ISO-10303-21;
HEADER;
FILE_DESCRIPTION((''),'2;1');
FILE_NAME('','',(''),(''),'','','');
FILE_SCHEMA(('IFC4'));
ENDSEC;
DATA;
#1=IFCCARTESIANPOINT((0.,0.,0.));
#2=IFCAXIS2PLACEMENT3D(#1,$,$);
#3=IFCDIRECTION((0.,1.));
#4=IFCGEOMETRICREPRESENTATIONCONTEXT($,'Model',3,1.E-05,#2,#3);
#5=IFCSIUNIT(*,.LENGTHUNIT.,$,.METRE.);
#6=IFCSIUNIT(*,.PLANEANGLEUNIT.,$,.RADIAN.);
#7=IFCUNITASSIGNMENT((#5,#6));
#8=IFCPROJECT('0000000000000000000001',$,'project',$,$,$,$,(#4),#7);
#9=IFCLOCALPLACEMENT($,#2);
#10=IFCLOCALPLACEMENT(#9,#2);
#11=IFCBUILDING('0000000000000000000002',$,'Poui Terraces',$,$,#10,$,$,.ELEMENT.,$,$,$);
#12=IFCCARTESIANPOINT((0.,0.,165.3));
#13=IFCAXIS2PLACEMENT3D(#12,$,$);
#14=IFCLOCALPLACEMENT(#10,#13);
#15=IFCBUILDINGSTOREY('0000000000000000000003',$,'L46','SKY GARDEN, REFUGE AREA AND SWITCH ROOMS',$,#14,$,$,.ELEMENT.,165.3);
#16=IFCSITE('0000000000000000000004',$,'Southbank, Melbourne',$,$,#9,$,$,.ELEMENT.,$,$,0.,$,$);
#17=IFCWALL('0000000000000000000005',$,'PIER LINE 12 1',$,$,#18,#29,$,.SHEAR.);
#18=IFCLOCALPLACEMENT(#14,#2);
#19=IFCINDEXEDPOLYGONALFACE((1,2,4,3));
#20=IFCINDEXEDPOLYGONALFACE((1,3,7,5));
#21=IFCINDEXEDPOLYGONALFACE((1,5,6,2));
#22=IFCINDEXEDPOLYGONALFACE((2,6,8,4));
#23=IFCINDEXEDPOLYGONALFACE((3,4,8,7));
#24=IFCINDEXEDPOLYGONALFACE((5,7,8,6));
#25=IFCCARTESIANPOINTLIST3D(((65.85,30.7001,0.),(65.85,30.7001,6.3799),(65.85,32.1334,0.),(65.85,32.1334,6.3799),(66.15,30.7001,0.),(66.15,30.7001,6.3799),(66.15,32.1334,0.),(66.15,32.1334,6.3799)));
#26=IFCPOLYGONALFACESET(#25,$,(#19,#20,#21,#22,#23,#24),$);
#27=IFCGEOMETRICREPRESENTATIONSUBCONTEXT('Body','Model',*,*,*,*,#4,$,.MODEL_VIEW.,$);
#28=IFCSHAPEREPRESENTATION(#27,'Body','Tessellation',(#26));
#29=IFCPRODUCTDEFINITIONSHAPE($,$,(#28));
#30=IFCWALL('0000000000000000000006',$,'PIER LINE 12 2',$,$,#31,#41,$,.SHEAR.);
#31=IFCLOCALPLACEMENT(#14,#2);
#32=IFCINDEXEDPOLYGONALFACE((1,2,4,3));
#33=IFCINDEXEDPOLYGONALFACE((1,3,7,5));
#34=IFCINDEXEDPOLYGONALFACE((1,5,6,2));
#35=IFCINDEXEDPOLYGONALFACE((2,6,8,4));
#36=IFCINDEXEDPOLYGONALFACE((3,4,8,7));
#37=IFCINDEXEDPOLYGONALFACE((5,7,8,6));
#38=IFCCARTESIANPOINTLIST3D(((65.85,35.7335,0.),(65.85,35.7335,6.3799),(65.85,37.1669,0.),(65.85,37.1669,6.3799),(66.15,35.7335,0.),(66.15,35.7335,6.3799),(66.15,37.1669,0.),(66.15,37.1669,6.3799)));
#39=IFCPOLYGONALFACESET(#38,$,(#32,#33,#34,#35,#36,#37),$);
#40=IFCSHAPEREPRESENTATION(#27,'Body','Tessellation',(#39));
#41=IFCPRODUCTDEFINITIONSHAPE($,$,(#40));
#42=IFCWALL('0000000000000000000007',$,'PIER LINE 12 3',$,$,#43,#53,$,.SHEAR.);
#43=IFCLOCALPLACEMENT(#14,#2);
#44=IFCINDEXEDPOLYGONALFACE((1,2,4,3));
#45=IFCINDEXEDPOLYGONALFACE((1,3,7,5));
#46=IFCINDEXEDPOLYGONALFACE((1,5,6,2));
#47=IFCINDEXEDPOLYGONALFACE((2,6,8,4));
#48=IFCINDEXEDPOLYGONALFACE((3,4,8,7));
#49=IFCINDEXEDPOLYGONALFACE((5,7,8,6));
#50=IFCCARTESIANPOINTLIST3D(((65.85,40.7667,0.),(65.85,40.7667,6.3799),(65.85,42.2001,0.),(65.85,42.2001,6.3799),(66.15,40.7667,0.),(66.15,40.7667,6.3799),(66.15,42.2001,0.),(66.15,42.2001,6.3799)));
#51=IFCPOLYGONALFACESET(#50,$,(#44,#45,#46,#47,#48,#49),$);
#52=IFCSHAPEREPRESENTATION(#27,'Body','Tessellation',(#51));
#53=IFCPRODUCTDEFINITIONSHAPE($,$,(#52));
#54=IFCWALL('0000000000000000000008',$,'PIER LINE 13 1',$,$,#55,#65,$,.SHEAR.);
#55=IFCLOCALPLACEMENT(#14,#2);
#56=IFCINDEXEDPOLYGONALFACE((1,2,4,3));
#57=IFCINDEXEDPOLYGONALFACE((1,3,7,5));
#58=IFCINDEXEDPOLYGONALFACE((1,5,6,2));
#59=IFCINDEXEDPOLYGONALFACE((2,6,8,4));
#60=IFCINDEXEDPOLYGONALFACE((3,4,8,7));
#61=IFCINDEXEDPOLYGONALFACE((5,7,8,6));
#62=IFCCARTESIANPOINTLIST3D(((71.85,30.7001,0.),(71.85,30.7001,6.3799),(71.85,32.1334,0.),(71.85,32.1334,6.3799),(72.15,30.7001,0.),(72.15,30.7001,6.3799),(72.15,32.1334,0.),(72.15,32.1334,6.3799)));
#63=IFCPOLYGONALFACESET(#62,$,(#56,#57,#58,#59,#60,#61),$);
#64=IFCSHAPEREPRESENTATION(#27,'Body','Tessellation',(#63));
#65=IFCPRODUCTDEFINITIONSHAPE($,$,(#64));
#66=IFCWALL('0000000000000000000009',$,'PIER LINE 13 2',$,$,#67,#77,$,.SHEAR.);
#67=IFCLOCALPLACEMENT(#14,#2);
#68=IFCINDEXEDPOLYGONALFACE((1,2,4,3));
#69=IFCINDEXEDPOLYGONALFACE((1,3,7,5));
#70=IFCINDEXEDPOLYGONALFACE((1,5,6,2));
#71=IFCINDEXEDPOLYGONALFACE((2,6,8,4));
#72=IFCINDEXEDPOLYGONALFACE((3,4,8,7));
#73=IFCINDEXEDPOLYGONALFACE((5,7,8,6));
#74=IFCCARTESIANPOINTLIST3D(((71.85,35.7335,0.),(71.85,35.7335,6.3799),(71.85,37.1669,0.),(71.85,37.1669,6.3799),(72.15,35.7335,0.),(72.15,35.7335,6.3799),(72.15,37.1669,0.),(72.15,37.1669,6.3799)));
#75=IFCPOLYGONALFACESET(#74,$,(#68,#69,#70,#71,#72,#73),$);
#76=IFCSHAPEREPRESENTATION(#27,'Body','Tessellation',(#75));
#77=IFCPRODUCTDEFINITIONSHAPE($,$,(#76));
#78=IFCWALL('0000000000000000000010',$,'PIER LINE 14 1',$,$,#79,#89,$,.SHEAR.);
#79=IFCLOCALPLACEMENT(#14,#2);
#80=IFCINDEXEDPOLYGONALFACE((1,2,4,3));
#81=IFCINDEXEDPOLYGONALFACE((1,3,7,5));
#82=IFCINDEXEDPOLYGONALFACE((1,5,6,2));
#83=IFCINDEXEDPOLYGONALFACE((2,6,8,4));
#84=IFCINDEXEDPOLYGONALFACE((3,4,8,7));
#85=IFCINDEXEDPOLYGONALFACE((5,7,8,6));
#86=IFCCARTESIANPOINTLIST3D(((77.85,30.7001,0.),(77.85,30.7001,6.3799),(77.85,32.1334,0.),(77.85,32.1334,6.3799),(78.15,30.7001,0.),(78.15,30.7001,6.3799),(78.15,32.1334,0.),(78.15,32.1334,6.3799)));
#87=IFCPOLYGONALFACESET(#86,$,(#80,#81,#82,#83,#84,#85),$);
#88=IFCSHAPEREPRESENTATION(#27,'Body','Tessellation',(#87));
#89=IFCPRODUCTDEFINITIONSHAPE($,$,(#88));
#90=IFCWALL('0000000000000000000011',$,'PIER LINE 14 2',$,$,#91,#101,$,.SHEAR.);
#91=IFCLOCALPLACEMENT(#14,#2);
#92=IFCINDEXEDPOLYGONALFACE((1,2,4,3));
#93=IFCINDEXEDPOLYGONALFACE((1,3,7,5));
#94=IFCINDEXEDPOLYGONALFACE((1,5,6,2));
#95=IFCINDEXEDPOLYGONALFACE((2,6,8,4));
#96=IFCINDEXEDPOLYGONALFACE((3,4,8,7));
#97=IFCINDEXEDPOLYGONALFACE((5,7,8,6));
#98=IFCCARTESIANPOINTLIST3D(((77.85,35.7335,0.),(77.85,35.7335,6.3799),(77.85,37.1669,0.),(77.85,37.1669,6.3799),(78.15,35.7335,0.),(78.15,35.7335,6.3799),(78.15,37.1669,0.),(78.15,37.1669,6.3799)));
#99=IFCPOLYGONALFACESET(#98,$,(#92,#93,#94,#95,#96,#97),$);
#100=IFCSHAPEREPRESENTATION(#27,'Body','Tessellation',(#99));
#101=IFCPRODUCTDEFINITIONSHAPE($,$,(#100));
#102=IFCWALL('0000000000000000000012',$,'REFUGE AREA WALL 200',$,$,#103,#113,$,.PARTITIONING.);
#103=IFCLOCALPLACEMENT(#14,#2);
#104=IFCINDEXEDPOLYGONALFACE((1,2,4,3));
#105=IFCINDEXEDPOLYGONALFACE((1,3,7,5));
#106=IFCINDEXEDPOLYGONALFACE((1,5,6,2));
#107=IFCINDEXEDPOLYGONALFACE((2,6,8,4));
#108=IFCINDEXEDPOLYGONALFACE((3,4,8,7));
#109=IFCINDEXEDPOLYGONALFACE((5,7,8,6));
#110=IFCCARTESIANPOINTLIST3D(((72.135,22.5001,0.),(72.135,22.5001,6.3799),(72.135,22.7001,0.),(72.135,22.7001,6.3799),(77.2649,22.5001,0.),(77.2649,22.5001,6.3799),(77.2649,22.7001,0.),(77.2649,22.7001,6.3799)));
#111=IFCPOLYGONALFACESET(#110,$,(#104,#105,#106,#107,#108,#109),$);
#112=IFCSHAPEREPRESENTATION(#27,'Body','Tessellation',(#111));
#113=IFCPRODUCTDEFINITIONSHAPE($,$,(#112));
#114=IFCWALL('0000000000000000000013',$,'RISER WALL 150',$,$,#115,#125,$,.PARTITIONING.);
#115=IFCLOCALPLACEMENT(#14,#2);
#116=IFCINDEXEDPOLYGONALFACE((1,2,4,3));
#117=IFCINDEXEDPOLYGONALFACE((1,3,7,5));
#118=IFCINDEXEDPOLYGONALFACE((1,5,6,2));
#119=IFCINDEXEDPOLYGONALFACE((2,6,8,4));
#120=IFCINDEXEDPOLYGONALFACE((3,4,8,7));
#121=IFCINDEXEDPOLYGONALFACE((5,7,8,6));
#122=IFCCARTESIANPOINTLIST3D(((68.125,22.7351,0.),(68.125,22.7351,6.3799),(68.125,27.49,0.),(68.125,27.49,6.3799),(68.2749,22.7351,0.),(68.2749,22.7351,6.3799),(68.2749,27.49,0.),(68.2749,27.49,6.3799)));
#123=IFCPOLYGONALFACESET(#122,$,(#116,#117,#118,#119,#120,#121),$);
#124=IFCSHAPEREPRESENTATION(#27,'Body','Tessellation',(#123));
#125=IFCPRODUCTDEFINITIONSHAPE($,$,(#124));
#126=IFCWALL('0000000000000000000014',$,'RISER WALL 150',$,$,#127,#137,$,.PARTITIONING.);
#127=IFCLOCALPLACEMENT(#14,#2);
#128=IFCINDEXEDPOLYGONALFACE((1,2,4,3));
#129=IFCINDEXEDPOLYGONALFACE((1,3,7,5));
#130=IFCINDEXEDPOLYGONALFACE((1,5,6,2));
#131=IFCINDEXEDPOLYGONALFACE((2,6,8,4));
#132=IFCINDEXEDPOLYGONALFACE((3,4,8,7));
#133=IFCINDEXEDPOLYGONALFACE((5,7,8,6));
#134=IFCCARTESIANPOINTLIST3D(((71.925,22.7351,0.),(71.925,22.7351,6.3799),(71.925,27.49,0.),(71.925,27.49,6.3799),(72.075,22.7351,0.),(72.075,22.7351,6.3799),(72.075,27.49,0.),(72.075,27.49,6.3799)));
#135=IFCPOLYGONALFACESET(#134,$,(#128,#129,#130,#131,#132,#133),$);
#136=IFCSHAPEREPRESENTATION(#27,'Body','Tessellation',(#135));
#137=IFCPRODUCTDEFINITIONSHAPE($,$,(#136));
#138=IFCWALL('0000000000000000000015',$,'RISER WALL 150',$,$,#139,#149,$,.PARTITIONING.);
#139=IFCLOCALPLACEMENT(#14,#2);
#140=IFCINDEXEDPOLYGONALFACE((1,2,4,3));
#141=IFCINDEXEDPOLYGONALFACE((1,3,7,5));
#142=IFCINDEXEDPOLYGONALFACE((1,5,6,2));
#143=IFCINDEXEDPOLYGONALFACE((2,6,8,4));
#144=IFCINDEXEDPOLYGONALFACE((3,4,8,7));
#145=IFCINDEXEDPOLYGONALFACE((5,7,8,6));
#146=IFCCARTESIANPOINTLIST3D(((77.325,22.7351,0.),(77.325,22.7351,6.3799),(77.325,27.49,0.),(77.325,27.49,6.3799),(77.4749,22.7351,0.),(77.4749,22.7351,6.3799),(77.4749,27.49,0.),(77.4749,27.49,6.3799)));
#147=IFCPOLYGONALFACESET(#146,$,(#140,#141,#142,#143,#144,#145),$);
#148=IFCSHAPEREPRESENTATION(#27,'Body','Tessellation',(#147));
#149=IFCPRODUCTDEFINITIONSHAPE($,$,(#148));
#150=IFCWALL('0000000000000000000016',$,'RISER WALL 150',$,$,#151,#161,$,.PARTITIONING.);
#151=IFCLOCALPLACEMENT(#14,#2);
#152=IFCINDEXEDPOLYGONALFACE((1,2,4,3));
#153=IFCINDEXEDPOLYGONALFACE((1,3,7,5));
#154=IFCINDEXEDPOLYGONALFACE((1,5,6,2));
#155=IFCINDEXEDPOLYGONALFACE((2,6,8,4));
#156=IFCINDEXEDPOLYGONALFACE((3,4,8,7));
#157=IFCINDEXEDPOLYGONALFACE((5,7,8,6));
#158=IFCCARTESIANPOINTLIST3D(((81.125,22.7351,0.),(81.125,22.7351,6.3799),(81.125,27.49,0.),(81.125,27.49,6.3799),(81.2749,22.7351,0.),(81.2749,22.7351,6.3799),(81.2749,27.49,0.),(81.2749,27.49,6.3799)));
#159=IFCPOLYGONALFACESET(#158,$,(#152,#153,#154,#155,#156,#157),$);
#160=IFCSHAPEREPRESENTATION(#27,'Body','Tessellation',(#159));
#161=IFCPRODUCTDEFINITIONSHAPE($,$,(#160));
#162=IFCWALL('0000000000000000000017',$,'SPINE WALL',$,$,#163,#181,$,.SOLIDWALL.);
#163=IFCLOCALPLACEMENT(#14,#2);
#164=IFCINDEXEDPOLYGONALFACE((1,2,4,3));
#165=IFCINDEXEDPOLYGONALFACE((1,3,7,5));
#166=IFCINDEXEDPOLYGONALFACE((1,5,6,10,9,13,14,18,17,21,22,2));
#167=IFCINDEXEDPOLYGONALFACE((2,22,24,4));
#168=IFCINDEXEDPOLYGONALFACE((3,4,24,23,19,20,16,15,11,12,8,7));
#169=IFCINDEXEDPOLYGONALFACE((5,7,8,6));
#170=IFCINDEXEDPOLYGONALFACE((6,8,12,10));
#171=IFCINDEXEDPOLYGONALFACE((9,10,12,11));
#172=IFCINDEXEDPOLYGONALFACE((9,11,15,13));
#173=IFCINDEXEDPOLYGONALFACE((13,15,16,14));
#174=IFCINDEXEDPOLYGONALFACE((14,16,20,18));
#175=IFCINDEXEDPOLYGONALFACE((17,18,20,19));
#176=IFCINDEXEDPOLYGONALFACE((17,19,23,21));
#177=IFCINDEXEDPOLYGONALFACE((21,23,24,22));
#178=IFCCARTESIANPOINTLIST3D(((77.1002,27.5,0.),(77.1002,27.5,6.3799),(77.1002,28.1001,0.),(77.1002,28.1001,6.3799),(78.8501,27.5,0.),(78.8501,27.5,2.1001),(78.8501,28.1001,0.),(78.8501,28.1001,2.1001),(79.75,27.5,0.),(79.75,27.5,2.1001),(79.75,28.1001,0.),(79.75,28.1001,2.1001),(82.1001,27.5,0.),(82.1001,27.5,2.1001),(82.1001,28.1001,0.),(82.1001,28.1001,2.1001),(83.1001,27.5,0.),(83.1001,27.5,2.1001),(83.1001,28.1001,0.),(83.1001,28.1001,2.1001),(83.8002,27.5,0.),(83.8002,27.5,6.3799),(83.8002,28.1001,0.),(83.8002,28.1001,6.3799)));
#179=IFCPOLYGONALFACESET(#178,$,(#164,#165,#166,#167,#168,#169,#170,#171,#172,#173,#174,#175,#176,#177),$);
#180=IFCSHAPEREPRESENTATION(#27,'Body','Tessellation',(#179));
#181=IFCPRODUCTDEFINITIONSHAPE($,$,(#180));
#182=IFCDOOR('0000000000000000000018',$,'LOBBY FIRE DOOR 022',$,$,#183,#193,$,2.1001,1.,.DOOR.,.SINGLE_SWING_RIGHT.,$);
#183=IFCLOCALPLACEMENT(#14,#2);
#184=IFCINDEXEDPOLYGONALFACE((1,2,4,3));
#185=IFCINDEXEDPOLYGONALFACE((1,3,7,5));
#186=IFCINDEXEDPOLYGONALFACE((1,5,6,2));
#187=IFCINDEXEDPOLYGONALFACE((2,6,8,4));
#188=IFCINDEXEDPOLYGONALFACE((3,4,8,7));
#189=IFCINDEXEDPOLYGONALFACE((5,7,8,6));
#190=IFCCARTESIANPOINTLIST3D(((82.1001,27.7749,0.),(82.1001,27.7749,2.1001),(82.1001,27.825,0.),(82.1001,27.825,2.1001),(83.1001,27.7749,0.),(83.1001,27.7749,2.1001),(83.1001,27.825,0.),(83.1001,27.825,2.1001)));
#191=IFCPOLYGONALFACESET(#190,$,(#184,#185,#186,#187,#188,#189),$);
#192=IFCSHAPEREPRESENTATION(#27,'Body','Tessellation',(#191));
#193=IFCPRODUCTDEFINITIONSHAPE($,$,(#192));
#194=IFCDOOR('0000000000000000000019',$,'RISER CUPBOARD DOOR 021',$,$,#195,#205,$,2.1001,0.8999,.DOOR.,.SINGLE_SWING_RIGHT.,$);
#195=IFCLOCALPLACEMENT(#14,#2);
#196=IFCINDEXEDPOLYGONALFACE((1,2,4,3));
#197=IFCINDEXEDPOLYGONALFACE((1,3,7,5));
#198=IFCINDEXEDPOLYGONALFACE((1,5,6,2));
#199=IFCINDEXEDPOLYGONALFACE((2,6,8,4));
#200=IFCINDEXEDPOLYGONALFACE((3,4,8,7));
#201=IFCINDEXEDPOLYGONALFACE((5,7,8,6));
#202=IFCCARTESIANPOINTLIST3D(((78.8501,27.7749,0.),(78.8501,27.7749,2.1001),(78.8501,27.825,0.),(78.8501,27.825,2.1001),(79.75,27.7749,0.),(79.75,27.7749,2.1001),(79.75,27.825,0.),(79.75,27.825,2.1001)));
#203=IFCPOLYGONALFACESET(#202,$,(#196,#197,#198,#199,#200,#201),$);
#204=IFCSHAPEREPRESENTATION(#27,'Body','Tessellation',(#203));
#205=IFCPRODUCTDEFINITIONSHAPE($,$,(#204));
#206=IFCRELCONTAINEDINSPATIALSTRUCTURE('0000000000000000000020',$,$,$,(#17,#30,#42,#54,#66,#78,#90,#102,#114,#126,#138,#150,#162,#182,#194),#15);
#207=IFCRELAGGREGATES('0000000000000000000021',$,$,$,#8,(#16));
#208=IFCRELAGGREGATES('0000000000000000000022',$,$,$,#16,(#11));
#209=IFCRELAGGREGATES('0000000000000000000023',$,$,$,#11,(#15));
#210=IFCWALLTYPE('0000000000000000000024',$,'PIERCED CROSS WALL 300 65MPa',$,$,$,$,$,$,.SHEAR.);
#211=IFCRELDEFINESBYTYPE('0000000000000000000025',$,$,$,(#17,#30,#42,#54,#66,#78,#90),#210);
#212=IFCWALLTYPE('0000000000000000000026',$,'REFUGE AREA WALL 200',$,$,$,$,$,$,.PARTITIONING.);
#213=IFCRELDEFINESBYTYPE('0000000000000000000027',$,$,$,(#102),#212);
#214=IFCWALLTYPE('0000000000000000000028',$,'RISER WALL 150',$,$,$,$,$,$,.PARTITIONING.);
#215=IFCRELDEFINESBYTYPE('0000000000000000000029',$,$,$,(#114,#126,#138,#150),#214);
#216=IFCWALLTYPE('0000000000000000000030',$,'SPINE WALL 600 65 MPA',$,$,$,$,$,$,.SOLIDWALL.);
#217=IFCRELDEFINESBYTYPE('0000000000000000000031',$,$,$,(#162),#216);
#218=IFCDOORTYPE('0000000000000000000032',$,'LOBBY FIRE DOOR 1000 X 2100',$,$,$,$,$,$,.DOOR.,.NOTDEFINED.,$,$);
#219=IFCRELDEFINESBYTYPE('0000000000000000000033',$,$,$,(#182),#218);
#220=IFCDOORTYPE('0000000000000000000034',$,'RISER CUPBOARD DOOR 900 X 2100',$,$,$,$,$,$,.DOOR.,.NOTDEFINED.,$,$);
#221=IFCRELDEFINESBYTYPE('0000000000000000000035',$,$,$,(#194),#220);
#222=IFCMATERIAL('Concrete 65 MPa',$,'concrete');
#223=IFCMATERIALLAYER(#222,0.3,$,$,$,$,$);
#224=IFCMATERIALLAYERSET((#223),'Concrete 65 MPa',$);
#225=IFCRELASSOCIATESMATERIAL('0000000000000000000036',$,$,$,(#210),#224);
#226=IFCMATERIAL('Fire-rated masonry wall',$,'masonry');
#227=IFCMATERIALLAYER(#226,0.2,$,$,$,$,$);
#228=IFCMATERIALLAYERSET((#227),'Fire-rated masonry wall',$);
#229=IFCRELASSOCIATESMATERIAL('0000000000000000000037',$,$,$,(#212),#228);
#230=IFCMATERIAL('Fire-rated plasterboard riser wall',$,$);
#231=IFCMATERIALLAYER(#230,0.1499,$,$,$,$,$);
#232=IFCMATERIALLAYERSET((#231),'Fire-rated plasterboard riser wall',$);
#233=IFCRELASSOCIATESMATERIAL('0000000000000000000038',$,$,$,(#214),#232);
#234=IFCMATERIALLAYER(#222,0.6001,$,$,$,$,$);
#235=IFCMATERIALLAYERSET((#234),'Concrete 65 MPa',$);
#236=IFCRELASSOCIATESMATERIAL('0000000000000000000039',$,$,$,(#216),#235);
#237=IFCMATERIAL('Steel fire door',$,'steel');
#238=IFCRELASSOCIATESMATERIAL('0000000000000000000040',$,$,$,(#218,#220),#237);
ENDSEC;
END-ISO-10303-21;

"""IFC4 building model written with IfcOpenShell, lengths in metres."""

from ifc_helpers import new_model, si_unit, direction, frame, frame_2d, origin, place, context, subcontext, project, spatial, rectangle, extrude, material, layer, layer_set, type_object, element, fill, save


model = new_model("IFC4")

# Units and contexts
model_context = context("Model", 3, precision=1e-05, world=origin(), true_north=direction((0.0, 1.0)))
body_context = subcontext(model_context, "Body", "Model", "MODEL_VIEW")
ifc_project = project(units=[si_unit("LENGTHUNIT", "METRE"), si_unit("PLANEANGLEUNIT", "RADIAN")], contexts=[model_context])

# Site, building, storey
site_placement = place(None, origin())
site = spatial("IfcSite", under=ifc_project, at=site_placement, Name="Southbank, Melbourne", CompositionType="ELEMENT", RefElevation=0.0)
building_placement = place(site_placement, origin())
building = spatial("IfcBuilding", under=site, at=building_placement, Name="Poui Terraces", CompositionType="ELEMENT")
storey_placement = place(building_placement, frame((0.0, 0.0, 165.3)))
storey = spatial("IfcBuildingStorey", under=building, at=storey_placement, Name="L46", Description="SKY GARDEN, REFUGE AREA AND SWITCH ROOMS", CompositionType="ELEMENT", Elevation=165.3)

# Shared definitions
ifc_material_1 = material(Name="Concrete 65 MPa", Category="concrete")

# Shared definitions
ifc_material_2 = material(Name="Steel fire door", Category="steel")

# Walls
ifc_layer_1 = layer(ifc_material_1, 0.3)
ifc_layer_set_1 = layer_set([ifc_layer_1], Name="Concrete 65 MPa")
wall_type_1 = type_object("IfcWallType", Name="PIERCED CROSS WALL 300 65MPa", PredefinedType="SHEAR", material=ifc_layer_set_1)
for number, where, z_axis, x_axis, name in (
    (1, (66.0, 30.7, 0.0), (0.0, 0.0, 1.0), (0.0, 1.0, 0.0), "PIER LINE 12 1"),
    (2, (66.0, 35.7334, 0.0), (0.0, 0.0, 1.0), (0.0, 1.0, 0.0), "PIER LINE 12 2"),
    (3, (66.0, 40.7666, 0.0), (0.0, 0.0, 1.0), (0.0, 1.0, 0.0), "PIER LINE 12 3"),
    (4, (72.0, 30.7, 0.0), (0.0, 0.0, 1.0), (0.0, 1.0, 0.0), "PIER LINE 13 1"),
    (5, (72.0, 35.7334, 0.0), (0.0, 0.0, 1.0), (0.0, 1.0, 0.0), "PIER LINE 13 2"),
    (6, (78.0, 30.7, 0.0), (0.0, 0.0, 1.0), (0.0, 1.0, 0.0), "PIER LINE 14 1"),
    (7, (78.0, 35.7334, 0.0), (0.0, 0.0, 1.0), (0.0, 1.0, 0.0), "PIER LINE 14 2"),
):
    element("IfcWall", number, at=place(storey_placement, frame(where, z_axis=z_axis, x_axis=x_axis)), inside=storey, type_object=wall_type_1, Name=name, PredefinedType="SHEAR", context=body_context, shape_type="SweptSolid", body=[
        extrude(rectangle(XDim=1.4333, YDim=0.3, at=frame_2d((0.7168, 0.0))), origin(), (0.0, 0.0, 1.0), 6.3799),
    ])
ifc_material_3 = material(Name="Fire-rated masonry wall", Category="masonry")
ifc_layer_2 = layer(ifc_material_3, 0.2)
ifc_layer_set_2 = layer_set([ifc_layer_2], Name="Fire-rated masonry wall")
wall_type_2 = type_object("IfcWallType", Name="REFUGE AREA WALL 200", PredefinedType="PARTITIONING", material=ifc_layer_set_2)
wall_1_placement = place(storey_placement, frame((72.135, 22.6001, 0.0), z_axis=(0.0, 0.0, 1.0), x_axis=(1.0, 0.0, 0.0)))
element("IfcWall", 8, at=wall_1_placement, inside=storey, type_object=wall_type_2, Name="REFUGE AREA WALL 200", PredefinedType="PARTITIONING", context=body_context, shape_type="SweptSolid", body=[
    extrude(rectangle(XDim=5.1299, YDim=0.2, at=frame_2d((2.5649, 0.0))), origin(), (0.0, 0.0, 1.0), 6.3799),
])
ifc_material_4 = material(Name="Fire-rated plasterboard riser wall")
ifc_layer_3 = layer(ifc_material_4, 0.1499)
ifc_layer_set_3 = layer_set([ifc_layer_3], Name="Fire-rated plasterboard riser wall")
wall_type_3 = type_object("IfcWallType", Name="RISER WALL 150", PredefinedType="PARTITIONING", material=ifc_layer_set_3)
for number, where, z_axis, x_axis, name in (
    (9, (68.2, 22.7351, 0.0), (0.0, 0.0, 1.0), (0.0, 1.0, 0.0), "RISER WALL 150"),
    (10, (72.0, 22.7351, 0.0), (0.0, 0.0, 1.0), (0.0, 1.0, 0.0), "RISER WALL 150"),
    (11, (77.3999, 22.7351, 0.0), (0.0, 0.0, 1.0), (0.0, 1.0, 0.0), "RISER WALL 150"),
    (12, (81.2, 22.7351, 0.0), (0.0, 0.0, 1.0), (0.0, 1.0, 0.0), "RISER WALL 150"),
):
    element("IfcWall", number, at=place(storey_placement, frame(where, z_axis=z_axis, x_axis=x_axis)), inside=storey, type_object=wall_type_3, Name=name, PredefinedType="PARTITIONING", context=body_context, shape_type="SweptSolid", body=[
        extrude(rectangle(XDim=4.7549, YDim=0.1499, at=frame_2d((2.3774, 0.0))), origin(), (0.0, 0.0, 1.0), 6.3799),
    ])

# Wall, openings, doors
ifc_layer_4 = layer(ifc_material_1, 0.6001)
ifc_layer_set_4 = layer_set([ifc_layer_4], Name="Concrete 65 MPa")
wall_type_4 = type_object("IfcWallType", Name="SPINE WALL 600 65 MPA", PredefinedType="SOLIDWALL", material=ifc_layer_set_4)
wall_2_placement = place(storey_placement, frame((77.1001, 27.8, 0.0), z_axis=(0.0, 0.0, 1.0), x_axis=(1.0, 0.0, 0.0)))
wall_2 = element("IfcWall", 13, at=wall_2_placement, inside=storey, type_object=wall_type_4, Name="SPINE WALL", PredefinedType="SOLIDWALL", context=body_context, shape_type="SweptSolid", body=[
    extrude(rectangle(XDim=6.7, YDim=0.6001, at=frame_2d((3.3501, 0.0))), origin(), (0.0, 0.0, 1.0), 6.3799),
])
opening_1_placement = place(wall_2_placement, frame((1.75, 0.0, 0.0)))
opening_1 = element("IfcOpeningElement", 14, at=opening_1_placement, cuts=wall_2, PredefinedType="OPENING", context=body_context, shape_type="SweptSolid", body=[
    extrude(rectangle(XDim=0.8999, YDim=2.1001, at=frame_2d((0.45, 1.05))), frame((0.0, 0.3101, 0.0), z_axis=(0.0, -1.0, 0.0), x_axis=(1.0, 0.0, 0.0)), (0.0, 0.0, 1.0), 0.6201),
])
opening_2_placement = place(wall_2_placement, frame((5.0, 0.0, 0.0)))
opening_2 = element("IfcOpeningElement", 15, at=opening_2_placement, cuts=wall_2, PredefinedType="OPENING", context=body_context, shape_type="SweptSolid", body=[
    extrude(rectangle(XDim=1.0, YDim=2.1001, at=frame_2d((0.5, 1.05))), frame((0.0, 0.3101, 0.0), z_axis=(0.0, -1.0, 0.0), x_axis=(1.0, 0.0, 0.0)), (0.0, 0.0, 1.0), 0.6201),
])
door_type_1 = type_object("IfcDoorType", Name="LOBBY FIRE DOOR 1000 X 2100", OperationType="NOTDEFINED", PredefinedType="DOOR", material=ifc_material_2)
door_1_placement = place(opening_2_placement, origin())
door_1 = element("IfcDoor", 16, at=door_1_placement, inside=storey, type_object=door_type_1, Name="LOBBY FIRE DOOR 022", OperationType="SINGLE_SWING_RIGHT", OverallHeight=2.1001, OverallWidth=1.0, PredefinedType="DOOR", context=body_context, shape_type="SweptSolid", body=[
    extrude(rectangle(XDim=1.0, YDim=2.1001, at=frame_2d((0.5, 1.05))), frame((0.0, 0.0249, 0.0), z_axis=(0.0, -1.0, 0.0), x_axis=(1.0, 0.0, 0.0)), (0.0, 0.0, 1.0), 0.05),
])
fill(opening_2, door_1)
door_type_2 = type_object("IfcDoorType", Name="RISER CUPBOARD DOOR 900 X 2100", OperationType="NOTDEFINED", PredefinedType="DOOR", material=ifc_material_2)
door_2_placement = place(opening_1_placement, origin())
door_2 = element("IfcDoor", 17, at=door_2_placement, inside=storey, type_object=door_type_2, Name="RISER CUPBOARD DOOR 021", OperationType="SINGLE_SWING_RIGHT", OverallHeight=2.1001, OverallWidth=0.8999, PredefinedType="DOOR", context=body_context, shape_type="SweptSolid", body=[
    extrude(rectangle(XDim=0.8999, YDim=2.1001, at=frame_2d((0.45, 1.05))), frame((0.0, 0.0249, 0.0), z_axis=(0.0, -1.0, 0.0), x_axis=(1.0, 0.0, 0.0)), (0.0, 0.0, 1.0), 0.05),
])
fill(opening_1, door_2)

save(model, "model.ifc")
